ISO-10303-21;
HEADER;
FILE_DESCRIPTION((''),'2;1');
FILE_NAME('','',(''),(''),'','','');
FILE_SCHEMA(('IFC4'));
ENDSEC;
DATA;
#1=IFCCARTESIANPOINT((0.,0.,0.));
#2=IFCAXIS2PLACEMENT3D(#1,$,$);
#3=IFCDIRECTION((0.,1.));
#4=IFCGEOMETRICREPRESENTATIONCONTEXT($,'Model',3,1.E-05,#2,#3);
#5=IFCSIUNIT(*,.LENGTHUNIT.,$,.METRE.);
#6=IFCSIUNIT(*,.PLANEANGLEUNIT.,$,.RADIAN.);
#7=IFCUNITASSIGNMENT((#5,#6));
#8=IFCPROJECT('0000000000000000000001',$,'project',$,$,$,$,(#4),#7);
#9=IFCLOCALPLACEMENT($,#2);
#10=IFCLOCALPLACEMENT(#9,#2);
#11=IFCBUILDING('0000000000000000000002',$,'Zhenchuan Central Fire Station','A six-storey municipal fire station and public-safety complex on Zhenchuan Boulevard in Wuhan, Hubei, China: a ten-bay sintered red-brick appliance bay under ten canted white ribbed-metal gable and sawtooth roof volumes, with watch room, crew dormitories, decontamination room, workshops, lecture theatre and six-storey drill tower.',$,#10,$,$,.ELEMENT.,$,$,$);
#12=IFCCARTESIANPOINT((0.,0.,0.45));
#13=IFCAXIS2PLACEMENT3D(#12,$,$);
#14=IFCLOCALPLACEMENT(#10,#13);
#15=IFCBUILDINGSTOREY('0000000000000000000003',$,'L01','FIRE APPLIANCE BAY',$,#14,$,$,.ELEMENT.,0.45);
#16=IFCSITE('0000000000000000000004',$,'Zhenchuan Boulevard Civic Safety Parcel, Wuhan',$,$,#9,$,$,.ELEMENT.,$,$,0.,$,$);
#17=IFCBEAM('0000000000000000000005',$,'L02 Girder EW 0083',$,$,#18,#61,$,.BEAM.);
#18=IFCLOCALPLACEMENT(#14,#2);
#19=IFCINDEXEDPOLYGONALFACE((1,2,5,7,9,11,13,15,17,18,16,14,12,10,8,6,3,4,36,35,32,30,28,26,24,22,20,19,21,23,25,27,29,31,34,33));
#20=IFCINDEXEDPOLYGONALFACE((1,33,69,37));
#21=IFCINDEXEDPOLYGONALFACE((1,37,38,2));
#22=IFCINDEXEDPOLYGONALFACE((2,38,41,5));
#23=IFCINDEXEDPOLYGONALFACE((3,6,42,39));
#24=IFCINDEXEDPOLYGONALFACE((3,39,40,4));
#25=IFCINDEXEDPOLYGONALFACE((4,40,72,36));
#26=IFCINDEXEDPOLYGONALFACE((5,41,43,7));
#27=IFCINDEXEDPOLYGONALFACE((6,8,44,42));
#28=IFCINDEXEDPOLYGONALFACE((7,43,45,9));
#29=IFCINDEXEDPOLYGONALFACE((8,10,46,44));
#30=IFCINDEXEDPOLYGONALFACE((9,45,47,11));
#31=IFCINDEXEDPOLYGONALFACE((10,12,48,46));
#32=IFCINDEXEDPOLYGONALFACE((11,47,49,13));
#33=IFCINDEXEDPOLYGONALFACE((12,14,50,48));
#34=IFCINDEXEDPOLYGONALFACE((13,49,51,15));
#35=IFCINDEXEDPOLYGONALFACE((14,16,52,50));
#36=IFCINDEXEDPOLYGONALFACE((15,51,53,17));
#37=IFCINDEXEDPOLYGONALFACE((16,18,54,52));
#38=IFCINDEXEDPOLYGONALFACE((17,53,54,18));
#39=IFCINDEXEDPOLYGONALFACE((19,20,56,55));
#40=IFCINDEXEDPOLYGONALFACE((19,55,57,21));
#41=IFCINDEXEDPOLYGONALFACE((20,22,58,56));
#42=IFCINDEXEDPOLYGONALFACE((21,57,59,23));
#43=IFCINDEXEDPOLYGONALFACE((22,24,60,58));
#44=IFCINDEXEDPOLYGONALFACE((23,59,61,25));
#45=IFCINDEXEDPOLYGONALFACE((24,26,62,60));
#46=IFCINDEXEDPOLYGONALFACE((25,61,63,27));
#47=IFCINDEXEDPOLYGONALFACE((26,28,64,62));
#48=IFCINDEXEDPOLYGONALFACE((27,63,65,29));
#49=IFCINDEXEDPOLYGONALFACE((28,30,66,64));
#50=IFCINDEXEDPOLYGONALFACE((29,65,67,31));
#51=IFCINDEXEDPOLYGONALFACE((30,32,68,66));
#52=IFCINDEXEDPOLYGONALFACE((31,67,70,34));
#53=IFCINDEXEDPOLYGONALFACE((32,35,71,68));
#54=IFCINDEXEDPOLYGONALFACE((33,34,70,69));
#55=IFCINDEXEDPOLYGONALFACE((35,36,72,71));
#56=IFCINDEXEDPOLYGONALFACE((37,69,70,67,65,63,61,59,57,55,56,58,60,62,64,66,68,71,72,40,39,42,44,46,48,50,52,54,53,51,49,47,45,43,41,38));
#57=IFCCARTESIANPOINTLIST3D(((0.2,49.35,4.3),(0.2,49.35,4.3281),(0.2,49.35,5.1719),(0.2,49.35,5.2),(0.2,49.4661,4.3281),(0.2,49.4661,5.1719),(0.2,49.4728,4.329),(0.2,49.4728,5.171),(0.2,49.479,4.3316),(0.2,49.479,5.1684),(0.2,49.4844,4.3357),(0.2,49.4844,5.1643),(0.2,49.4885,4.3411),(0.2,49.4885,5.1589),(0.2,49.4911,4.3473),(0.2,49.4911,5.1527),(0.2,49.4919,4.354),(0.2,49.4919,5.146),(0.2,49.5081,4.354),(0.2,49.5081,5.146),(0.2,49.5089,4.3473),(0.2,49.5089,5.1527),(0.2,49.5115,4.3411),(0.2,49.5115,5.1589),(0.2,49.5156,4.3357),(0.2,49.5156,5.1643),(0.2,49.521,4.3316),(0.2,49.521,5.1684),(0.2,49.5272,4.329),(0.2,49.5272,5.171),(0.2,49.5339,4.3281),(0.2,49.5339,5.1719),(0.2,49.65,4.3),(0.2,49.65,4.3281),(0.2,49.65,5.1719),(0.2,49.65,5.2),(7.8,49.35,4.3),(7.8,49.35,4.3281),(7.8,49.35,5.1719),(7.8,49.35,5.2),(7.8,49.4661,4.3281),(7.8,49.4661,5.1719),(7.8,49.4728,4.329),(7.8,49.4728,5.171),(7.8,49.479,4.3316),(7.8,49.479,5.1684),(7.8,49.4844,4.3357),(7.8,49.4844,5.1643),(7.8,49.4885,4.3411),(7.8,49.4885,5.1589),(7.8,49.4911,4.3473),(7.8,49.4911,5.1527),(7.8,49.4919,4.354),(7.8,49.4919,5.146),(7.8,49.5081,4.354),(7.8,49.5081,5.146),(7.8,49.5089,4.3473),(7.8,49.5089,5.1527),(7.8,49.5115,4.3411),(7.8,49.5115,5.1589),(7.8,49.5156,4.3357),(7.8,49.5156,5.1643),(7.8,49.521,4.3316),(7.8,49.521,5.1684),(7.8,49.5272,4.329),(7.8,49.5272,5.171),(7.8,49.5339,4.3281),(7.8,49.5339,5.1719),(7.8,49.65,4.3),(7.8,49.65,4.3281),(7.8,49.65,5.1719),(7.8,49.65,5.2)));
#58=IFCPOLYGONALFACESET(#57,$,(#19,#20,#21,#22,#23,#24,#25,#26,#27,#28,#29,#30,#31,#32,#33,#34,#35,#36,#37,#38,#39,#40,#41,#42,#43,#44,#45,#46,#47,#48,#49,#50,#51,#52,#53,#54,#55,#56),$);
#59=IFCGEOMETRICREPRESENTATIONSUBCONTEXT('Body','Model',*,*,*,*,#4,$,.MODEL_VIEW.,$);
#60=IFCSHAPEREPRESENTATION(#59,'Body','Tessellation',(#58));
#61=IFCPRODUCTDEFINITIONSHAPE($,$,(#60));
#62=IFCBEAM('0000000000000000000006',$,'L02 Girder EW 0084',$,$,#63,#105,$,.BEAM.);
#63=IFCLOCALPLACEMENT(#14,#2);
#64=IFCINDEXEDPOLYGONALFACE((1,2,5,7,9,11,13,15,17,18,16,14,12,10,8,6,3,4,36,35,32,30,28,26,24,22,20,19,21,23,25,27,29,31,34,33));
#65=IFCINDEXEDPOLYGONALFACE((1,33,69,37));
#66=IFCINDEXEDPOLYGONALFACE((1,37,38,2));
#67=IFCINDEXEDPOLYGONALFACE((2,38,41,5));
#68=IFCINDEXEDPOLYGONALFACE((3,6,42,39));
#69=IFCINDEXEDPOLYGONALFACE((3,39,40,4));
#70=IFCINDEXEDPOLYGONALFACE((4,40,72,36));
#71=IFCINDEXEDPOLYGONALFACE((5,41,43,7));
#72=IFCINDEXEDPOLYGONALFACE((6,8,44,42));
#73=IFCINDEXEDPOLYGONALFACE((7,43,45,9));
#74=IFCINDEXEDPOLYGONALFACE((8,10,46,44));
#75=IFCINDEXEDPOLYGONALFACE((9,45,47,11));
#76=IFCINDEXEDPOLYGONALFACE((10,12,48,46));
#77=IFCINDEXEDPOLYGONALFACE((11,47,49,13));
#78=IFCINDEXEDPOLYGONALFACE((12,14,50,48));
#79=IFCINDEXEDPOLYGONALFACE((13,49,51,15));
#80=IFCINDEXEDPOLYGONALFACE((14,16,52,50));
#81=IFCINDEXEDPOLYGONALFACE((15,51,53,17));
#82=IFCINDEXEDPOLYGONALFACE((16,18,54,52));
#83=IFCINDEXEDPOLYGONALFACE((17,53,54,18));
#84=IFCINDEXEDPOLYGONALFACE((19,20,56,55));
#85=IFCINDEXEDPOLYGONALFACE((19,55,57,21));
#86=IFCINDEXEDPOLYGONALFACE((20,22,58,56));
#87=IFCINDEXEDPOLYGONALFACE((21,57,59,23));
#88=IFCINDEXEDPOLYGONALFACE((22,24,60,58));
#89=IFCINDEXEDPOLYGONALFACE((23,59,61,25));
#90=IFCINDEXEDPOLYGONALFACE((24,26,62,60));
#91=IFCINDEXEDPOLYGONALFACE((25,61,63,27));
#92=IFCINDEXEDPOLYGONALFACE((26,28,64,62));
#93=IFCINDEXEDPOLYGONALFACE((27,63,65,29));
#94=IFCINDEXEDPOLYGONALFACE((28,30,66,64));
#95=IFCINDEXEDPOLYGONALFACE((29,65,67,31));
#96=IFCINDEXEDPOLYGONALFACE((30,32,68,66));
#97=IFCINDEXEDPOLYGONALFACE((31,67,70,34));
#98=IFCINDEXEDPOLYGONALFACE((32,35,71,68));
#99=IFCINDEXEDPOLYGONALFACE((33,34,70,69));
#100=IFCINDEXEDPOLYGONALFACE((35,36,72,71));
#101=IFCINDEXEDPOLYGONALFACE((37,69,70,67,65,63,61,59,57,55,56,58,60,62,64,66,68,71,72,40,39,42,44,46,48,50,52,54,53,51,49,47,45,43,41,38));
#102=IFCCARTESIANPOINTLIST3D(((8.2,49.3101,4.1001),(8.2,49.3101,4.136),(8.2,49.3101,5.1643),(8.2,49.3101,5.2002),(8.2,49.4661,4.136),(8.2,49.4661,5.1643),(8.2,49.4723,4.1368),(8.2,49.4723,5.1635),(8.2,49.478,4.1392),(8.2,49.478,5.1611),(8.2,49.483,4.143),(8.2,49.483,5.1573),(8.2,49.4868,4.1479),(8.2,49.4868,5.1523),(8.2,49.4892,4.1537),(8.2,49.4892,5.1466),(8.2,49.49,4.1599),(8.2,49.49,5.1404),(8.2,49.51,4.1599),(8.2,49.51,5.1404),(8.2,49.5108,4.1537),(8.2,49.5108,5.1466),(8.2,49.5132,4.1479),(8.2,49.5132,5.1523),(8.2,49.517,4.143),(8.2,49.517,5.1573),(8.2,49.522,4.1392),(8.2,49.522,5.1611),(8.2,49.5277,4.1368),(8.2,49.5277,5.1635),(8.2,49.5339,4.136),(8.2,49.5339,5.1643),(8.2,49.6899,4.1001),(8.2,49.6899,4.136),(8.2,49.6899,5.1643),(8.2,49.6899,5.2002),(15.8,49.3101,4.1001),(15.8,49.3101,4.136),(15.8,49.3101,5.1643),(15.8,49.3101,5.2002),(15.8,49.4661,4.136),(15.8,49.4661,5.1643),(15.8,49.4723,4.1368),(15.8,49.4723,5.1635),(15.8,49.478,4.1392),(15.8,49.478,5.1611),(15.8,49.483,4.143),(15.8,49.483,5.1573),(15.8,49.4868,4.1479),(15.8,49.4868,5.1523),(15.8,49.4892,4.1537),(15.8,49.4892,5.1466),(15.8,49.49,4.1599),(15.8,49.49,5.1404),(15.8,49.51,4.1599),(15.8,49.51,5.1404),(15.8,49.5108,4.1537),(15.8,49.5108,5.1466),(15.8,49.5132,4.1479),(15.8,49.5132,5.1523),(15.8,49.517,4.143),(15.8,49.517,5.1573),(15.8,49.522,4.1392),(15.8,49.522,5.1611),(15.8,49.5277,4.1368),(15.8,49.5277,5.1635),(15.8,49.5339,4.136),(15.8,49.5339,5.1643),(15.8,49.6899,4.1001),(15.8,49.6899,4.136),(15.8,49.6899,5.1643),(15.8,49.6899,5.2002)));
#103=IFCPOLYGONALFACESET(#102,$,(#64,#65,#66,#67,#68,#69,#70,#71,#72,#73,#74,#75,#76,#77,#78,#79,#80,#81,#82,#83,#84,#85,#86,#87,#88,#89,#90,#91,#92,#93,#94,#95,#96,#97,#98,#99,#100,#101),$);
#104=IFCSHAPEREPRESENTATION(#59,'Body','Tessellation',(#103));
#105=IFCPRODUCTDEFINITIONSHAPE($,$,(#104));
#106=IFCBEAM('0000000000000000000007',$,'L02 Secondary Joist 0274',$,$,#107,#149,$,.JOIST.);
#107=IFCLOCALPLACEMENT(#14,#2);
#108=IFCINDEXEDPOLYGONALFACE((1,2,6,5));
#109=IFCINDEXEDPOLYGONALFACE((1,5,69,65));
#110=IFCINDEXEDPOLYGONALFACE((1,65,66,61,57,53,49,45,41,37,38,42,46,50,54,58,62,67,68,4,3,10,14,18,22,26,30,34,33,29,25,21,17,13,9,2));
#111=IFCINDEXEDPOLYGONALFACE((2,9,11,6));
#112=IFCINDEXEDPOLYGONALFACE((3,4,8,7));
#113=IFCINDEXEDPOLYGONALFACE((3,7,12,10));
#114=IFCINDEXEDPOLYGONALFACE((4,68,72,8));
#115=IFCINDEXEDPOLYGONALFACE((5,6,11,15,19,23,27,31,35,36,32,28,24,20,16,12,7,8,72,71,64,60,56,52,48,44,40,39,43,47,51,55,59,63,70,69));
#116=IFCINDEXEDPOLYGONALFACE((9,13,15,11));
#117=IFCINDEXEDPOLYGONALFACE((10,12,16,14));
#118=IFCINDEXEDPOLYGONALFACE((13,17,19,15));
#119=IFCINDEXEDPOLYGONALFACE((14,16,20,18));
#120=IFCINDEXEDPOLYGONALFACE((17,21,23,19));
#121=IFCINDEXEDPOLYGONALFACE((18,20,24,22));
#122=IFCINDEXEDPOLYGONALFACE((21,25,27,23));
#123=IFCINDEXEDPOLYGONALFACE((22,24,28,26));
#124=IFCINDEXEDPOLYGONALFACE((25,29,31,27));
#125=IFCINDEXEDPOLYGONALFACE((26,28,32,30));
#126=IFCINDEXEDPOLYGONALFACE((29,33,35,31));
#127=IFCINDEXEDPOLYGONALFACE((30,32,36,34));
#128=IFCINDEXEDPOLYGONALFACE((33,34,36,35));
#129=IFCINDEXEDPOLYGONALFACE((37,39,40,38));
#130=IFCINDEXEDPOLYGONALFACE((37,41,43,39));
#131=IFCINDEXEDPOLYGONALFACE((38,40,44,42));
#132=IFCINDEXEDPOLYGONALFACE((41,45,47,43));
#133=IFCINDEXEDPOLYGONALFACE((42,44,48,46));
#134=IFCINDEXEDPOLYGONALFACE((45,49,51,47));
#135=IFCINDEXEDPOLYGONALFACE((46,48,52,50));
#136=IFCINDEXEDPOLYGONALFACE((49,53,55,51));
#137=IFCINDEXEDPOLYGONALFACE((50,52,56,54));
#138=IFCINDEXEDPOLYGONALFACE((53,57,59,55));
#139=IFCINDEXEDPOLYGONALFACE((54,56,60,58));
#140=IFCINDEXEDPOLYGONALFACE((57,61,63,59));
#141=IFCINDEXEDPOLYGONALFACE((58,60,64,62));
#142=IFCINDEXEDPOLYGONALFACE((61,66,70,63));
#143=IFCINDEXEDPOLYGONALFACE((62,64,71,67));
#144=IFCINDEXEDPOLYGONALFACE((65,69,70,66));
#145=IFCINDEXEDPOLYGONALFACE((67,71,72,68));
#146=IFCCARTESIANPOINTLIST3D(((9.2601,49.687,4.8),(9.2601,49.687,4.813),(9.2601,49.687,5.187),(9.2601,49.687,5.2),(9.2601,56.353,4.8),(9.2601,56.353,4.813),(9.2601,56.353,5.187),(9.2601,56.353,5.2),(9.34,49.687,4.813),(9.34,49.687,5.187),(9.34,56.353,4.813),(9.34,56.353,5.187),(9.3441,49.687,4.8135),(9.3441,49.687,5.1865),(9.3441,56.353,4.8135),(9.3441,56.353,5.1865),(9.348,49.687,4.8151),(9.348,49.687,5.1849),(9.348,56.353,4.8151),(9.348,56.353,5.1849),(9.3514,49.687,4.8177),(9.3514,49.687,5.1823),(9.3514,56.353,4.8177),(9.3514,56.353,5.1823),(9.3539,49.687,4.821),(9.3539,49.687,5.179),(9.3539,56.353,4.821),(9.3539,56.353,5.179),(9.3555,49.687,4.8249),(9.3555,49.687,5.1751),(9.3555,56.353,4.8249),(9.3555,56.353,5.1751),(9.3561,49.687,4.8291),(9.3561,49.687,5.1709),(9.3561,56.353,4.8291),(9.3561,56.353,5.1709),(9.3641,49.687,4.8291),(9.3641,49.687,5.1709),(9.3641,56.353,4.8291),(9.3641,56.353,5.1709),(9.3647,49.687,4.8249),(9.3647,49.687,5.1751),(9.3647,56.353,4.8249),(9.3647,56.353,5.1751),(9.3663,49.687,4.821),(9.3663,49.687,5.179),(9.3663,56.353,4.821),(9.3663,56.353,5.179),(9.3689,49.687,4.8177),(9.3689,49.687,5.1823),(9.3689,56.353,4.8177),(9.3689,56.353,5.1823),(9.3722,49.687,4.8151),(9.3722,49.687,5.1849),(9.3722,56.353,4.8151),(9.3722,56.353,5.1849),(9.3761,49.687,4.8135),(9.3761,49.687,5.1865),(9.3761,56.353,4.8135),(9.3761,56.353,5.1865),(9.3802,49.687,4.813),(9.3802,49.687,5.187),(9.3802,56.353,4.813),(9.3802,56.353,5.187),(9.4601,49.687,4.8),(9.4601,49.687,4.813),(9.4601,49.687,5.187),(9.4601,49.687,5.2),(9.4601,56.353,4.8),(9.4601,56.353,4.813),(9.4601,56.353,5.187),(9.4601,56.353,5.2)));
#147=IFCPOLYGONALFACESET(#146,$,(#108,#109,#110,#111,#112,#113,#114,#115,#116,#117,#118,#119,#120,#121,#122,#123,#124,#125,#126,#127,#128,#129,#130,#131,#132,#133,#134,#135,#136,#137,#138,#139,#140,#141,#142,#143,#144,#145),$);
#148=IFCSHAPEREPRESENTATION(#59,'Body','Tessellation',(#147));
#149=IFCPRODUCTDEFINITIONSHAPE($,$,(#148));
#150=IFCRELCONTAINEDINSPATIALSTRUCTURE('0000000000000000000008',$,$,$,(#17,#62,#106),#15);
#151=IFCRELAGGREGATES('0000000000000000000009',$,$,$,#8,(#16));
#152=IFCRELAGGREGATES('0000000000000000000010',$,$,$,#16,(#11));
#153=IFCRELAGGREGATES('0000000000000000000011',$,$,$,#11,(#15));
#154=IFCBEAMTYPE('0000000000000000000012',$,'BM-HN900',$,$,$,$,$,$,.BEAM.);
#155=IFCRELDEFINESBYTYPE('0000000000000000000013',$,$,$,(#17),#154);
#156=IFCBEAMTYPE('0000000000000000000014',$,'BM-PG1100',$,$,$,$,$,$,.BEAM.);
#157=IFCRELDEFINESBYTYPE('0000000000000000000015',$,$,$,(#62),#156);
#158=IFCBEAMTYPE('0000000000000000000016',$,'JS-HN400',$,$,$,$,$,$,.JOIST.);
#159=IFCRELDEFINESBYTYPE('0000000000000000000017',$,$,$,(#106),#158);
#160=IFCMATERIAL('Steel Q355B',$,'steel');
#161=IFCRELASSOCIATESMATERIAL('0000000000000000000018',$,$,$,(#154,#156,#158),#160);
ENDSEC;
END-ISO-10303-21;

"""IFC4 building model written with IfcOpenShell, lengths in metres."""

from ifc_helpers import new_model, si_unit, direction, frame, origin, origin_2d, place, context, subcontext, project, spatial, i_section, extrude, material, material_profile, profile_set, type_object, element, save


model = new_model("IFC4")

# Units and contexts
model_context = context("Model", 3, precision=1e-05, world=origin(), true_north=direction((0.0, 1.0)))
body_context = subcontext(model_context, "Body", "Model", "MODEL_VIEW")
ifc_project = project(units=[si_unit("LENGTHUNIT", "METRE"), si_unit("PLANEANGLEUNIT", "RADIAN")], contexts=[model_context])

# Site, building, storey
site_placement = place(None, origin())
site = spatial("IfcSite", under=ifc_project, at=site_placement, Name="Zhenchuan Boulevard Civic Safety Parcel, Wuhan", CompositionType="ELEMENT", RefElevation=0.0)
building_placement = place(site_placement, origin())
building = spatial("IfcBuilding", under=site, at=building_placement, Name="Zhenchuan Central Fire Station", Description="A six-storey municipal fire station and public-safety complex on Zhenchuan Boulevard in Wuhan, Hubei, China: a ten-bay sintered red-brick appliance bay under ten canted white ribbed-metal gable and sawtooth roof volumes, with watch room, crew dormitories, decontamination room, workshops, lecture theatre and six-storey drill tower.", CompositionType="ELEMENT")
storey_placement = place(building_placement, frame((0.0, 0.0, 0.45)))
storey = spatial("IfcBuildingStorey", under=building, at=storey_placement, Name="L01", Description="FIRE APPLIANCE BAY", CompositionType="ELEMENT", Elevation=0.45)

# Shared definitions
ifc_material_1 = material(Name="Steel Q355B", Category="steel")

# Beams
ifc_material_profile_1 = material_profile(ifc_material_1, i_section(OverallWidth=0.3, OverallDepth=0.8999, WebThickness=0.0161, FlangeThickness=0.0281, FilletRadius=0.0259, at=origin_2d()), Name="HN 900x300")
ifc_profile_set_1 = profile_set([ifc_material_profile_1], Name="Steel Q355B")
beam_type_1 = type_object("IfcBeamType", Name="BM-HN900", PredefinedType="BEAM", material=ifc_profile_set_1)
beam_1_placement = place(storey_placement, frame((0.2, 49.5, 4.75), z_axis=(1.0, 0.0, 0.0), x_axis=(0.0, 1.0, 0.0)))
element("IfcBeam", 1, at=beam_1_placement, inside=storey, type_object=beam_type_1, Name="L02 Girder EW 0083", PredefinedType="BEAM", context=body_context, shape_type="SweptSolid", body=[
    extrude(i_section(OverallWidth=0.3, OverallDepth=0.8999, WebThickness=0.0161, FlangeThickness=0.0281, FilletRadius=0.0259, at=origin_2d()), origin(), (0.0, 0.0, 1.0), 7.6001),
])
ifc_material_profile_2 = material_profile(ifc_material_1, i_section(OverallWidth=0.3799, OverallDepth=1.1001, WebThickness=0.02, FlangeThickness=0.0359, FilletRadius=0.0239, at=origin_2d()), Name="PG 1100x380")
ifc_profile_set_2 = profile_set([ifc_material_profile_2], Name="Steel Q355B")
beam_type_2 = type_object("IfcBeamType", Name="BM-PG1100", PredefinedType="BEAM", material=ifc_profile_set_2)
beam_2_placement = place(storey_placement, frame((8.2, 49.5, 4.6501), z_axis=(1.0, 0.0, 0.0), x_axis=(0.0, 1.0, 0.0)))
element("IfcBeam", 2, at=beam_2_placement, inside=storey, type_object=beam_type_2, Name="L02 Girder EW 0084", PredefinedType="BEAM", context=body_context, shape_type="SweptSolid", body=[
    extrude(i_section(OverallWidth=0.3799, OverallDepth=1.1001, WebThickness=0.02, FlangeThickness=0.0359, FilletRadius=0.0239, at=origin_2d()), origin(), (0.0, 0.0, 1.0), 7.6001),
])
ifc_material_profile_3 = material_profile(ifc_material_1, i_section(OverallWidth=0.2, OverallDepth=0.3999, WebThickness=0.0081, FlangeThickness=0.0129, FilletRadius=0.0161, at=origin_2d()), Name="HN 400x200")
ifc_profile_set_3 = profile_set([ifc_material_profile_3], Name="Steel Q355B")
beam_type_3 = type_object("IfcBeamType", Name="JS-HN400", PredefinedType="JOIST", material=ifc_profile_set_3)
beam_3_placement = place(storey_placement, frame((9.3601, 49.687, 5.0), z_axis=(0.0, 1.0, 0.0), x_axis=(-1.0, 0.0, 0.0)))
element("IfcBeam", 3, at=beam_3_placement, inside=storey, type_object=beam_type_3, Name="L02 Secondary Joist 0274", PredefinedType="JOIST", context=body_context, shape_type="SweptSolid", body=[
    extrude(i_section(OverallWidth=0.2, OverallDepth=0.3999, WebThickness=0.0081, FlangeThickness=0.0129, FilletRadius=0.0161, at=origin_2d()), origin(), (0.0, 0.0, 1.0), 6.666),
])

save(model, "model.ifc")
